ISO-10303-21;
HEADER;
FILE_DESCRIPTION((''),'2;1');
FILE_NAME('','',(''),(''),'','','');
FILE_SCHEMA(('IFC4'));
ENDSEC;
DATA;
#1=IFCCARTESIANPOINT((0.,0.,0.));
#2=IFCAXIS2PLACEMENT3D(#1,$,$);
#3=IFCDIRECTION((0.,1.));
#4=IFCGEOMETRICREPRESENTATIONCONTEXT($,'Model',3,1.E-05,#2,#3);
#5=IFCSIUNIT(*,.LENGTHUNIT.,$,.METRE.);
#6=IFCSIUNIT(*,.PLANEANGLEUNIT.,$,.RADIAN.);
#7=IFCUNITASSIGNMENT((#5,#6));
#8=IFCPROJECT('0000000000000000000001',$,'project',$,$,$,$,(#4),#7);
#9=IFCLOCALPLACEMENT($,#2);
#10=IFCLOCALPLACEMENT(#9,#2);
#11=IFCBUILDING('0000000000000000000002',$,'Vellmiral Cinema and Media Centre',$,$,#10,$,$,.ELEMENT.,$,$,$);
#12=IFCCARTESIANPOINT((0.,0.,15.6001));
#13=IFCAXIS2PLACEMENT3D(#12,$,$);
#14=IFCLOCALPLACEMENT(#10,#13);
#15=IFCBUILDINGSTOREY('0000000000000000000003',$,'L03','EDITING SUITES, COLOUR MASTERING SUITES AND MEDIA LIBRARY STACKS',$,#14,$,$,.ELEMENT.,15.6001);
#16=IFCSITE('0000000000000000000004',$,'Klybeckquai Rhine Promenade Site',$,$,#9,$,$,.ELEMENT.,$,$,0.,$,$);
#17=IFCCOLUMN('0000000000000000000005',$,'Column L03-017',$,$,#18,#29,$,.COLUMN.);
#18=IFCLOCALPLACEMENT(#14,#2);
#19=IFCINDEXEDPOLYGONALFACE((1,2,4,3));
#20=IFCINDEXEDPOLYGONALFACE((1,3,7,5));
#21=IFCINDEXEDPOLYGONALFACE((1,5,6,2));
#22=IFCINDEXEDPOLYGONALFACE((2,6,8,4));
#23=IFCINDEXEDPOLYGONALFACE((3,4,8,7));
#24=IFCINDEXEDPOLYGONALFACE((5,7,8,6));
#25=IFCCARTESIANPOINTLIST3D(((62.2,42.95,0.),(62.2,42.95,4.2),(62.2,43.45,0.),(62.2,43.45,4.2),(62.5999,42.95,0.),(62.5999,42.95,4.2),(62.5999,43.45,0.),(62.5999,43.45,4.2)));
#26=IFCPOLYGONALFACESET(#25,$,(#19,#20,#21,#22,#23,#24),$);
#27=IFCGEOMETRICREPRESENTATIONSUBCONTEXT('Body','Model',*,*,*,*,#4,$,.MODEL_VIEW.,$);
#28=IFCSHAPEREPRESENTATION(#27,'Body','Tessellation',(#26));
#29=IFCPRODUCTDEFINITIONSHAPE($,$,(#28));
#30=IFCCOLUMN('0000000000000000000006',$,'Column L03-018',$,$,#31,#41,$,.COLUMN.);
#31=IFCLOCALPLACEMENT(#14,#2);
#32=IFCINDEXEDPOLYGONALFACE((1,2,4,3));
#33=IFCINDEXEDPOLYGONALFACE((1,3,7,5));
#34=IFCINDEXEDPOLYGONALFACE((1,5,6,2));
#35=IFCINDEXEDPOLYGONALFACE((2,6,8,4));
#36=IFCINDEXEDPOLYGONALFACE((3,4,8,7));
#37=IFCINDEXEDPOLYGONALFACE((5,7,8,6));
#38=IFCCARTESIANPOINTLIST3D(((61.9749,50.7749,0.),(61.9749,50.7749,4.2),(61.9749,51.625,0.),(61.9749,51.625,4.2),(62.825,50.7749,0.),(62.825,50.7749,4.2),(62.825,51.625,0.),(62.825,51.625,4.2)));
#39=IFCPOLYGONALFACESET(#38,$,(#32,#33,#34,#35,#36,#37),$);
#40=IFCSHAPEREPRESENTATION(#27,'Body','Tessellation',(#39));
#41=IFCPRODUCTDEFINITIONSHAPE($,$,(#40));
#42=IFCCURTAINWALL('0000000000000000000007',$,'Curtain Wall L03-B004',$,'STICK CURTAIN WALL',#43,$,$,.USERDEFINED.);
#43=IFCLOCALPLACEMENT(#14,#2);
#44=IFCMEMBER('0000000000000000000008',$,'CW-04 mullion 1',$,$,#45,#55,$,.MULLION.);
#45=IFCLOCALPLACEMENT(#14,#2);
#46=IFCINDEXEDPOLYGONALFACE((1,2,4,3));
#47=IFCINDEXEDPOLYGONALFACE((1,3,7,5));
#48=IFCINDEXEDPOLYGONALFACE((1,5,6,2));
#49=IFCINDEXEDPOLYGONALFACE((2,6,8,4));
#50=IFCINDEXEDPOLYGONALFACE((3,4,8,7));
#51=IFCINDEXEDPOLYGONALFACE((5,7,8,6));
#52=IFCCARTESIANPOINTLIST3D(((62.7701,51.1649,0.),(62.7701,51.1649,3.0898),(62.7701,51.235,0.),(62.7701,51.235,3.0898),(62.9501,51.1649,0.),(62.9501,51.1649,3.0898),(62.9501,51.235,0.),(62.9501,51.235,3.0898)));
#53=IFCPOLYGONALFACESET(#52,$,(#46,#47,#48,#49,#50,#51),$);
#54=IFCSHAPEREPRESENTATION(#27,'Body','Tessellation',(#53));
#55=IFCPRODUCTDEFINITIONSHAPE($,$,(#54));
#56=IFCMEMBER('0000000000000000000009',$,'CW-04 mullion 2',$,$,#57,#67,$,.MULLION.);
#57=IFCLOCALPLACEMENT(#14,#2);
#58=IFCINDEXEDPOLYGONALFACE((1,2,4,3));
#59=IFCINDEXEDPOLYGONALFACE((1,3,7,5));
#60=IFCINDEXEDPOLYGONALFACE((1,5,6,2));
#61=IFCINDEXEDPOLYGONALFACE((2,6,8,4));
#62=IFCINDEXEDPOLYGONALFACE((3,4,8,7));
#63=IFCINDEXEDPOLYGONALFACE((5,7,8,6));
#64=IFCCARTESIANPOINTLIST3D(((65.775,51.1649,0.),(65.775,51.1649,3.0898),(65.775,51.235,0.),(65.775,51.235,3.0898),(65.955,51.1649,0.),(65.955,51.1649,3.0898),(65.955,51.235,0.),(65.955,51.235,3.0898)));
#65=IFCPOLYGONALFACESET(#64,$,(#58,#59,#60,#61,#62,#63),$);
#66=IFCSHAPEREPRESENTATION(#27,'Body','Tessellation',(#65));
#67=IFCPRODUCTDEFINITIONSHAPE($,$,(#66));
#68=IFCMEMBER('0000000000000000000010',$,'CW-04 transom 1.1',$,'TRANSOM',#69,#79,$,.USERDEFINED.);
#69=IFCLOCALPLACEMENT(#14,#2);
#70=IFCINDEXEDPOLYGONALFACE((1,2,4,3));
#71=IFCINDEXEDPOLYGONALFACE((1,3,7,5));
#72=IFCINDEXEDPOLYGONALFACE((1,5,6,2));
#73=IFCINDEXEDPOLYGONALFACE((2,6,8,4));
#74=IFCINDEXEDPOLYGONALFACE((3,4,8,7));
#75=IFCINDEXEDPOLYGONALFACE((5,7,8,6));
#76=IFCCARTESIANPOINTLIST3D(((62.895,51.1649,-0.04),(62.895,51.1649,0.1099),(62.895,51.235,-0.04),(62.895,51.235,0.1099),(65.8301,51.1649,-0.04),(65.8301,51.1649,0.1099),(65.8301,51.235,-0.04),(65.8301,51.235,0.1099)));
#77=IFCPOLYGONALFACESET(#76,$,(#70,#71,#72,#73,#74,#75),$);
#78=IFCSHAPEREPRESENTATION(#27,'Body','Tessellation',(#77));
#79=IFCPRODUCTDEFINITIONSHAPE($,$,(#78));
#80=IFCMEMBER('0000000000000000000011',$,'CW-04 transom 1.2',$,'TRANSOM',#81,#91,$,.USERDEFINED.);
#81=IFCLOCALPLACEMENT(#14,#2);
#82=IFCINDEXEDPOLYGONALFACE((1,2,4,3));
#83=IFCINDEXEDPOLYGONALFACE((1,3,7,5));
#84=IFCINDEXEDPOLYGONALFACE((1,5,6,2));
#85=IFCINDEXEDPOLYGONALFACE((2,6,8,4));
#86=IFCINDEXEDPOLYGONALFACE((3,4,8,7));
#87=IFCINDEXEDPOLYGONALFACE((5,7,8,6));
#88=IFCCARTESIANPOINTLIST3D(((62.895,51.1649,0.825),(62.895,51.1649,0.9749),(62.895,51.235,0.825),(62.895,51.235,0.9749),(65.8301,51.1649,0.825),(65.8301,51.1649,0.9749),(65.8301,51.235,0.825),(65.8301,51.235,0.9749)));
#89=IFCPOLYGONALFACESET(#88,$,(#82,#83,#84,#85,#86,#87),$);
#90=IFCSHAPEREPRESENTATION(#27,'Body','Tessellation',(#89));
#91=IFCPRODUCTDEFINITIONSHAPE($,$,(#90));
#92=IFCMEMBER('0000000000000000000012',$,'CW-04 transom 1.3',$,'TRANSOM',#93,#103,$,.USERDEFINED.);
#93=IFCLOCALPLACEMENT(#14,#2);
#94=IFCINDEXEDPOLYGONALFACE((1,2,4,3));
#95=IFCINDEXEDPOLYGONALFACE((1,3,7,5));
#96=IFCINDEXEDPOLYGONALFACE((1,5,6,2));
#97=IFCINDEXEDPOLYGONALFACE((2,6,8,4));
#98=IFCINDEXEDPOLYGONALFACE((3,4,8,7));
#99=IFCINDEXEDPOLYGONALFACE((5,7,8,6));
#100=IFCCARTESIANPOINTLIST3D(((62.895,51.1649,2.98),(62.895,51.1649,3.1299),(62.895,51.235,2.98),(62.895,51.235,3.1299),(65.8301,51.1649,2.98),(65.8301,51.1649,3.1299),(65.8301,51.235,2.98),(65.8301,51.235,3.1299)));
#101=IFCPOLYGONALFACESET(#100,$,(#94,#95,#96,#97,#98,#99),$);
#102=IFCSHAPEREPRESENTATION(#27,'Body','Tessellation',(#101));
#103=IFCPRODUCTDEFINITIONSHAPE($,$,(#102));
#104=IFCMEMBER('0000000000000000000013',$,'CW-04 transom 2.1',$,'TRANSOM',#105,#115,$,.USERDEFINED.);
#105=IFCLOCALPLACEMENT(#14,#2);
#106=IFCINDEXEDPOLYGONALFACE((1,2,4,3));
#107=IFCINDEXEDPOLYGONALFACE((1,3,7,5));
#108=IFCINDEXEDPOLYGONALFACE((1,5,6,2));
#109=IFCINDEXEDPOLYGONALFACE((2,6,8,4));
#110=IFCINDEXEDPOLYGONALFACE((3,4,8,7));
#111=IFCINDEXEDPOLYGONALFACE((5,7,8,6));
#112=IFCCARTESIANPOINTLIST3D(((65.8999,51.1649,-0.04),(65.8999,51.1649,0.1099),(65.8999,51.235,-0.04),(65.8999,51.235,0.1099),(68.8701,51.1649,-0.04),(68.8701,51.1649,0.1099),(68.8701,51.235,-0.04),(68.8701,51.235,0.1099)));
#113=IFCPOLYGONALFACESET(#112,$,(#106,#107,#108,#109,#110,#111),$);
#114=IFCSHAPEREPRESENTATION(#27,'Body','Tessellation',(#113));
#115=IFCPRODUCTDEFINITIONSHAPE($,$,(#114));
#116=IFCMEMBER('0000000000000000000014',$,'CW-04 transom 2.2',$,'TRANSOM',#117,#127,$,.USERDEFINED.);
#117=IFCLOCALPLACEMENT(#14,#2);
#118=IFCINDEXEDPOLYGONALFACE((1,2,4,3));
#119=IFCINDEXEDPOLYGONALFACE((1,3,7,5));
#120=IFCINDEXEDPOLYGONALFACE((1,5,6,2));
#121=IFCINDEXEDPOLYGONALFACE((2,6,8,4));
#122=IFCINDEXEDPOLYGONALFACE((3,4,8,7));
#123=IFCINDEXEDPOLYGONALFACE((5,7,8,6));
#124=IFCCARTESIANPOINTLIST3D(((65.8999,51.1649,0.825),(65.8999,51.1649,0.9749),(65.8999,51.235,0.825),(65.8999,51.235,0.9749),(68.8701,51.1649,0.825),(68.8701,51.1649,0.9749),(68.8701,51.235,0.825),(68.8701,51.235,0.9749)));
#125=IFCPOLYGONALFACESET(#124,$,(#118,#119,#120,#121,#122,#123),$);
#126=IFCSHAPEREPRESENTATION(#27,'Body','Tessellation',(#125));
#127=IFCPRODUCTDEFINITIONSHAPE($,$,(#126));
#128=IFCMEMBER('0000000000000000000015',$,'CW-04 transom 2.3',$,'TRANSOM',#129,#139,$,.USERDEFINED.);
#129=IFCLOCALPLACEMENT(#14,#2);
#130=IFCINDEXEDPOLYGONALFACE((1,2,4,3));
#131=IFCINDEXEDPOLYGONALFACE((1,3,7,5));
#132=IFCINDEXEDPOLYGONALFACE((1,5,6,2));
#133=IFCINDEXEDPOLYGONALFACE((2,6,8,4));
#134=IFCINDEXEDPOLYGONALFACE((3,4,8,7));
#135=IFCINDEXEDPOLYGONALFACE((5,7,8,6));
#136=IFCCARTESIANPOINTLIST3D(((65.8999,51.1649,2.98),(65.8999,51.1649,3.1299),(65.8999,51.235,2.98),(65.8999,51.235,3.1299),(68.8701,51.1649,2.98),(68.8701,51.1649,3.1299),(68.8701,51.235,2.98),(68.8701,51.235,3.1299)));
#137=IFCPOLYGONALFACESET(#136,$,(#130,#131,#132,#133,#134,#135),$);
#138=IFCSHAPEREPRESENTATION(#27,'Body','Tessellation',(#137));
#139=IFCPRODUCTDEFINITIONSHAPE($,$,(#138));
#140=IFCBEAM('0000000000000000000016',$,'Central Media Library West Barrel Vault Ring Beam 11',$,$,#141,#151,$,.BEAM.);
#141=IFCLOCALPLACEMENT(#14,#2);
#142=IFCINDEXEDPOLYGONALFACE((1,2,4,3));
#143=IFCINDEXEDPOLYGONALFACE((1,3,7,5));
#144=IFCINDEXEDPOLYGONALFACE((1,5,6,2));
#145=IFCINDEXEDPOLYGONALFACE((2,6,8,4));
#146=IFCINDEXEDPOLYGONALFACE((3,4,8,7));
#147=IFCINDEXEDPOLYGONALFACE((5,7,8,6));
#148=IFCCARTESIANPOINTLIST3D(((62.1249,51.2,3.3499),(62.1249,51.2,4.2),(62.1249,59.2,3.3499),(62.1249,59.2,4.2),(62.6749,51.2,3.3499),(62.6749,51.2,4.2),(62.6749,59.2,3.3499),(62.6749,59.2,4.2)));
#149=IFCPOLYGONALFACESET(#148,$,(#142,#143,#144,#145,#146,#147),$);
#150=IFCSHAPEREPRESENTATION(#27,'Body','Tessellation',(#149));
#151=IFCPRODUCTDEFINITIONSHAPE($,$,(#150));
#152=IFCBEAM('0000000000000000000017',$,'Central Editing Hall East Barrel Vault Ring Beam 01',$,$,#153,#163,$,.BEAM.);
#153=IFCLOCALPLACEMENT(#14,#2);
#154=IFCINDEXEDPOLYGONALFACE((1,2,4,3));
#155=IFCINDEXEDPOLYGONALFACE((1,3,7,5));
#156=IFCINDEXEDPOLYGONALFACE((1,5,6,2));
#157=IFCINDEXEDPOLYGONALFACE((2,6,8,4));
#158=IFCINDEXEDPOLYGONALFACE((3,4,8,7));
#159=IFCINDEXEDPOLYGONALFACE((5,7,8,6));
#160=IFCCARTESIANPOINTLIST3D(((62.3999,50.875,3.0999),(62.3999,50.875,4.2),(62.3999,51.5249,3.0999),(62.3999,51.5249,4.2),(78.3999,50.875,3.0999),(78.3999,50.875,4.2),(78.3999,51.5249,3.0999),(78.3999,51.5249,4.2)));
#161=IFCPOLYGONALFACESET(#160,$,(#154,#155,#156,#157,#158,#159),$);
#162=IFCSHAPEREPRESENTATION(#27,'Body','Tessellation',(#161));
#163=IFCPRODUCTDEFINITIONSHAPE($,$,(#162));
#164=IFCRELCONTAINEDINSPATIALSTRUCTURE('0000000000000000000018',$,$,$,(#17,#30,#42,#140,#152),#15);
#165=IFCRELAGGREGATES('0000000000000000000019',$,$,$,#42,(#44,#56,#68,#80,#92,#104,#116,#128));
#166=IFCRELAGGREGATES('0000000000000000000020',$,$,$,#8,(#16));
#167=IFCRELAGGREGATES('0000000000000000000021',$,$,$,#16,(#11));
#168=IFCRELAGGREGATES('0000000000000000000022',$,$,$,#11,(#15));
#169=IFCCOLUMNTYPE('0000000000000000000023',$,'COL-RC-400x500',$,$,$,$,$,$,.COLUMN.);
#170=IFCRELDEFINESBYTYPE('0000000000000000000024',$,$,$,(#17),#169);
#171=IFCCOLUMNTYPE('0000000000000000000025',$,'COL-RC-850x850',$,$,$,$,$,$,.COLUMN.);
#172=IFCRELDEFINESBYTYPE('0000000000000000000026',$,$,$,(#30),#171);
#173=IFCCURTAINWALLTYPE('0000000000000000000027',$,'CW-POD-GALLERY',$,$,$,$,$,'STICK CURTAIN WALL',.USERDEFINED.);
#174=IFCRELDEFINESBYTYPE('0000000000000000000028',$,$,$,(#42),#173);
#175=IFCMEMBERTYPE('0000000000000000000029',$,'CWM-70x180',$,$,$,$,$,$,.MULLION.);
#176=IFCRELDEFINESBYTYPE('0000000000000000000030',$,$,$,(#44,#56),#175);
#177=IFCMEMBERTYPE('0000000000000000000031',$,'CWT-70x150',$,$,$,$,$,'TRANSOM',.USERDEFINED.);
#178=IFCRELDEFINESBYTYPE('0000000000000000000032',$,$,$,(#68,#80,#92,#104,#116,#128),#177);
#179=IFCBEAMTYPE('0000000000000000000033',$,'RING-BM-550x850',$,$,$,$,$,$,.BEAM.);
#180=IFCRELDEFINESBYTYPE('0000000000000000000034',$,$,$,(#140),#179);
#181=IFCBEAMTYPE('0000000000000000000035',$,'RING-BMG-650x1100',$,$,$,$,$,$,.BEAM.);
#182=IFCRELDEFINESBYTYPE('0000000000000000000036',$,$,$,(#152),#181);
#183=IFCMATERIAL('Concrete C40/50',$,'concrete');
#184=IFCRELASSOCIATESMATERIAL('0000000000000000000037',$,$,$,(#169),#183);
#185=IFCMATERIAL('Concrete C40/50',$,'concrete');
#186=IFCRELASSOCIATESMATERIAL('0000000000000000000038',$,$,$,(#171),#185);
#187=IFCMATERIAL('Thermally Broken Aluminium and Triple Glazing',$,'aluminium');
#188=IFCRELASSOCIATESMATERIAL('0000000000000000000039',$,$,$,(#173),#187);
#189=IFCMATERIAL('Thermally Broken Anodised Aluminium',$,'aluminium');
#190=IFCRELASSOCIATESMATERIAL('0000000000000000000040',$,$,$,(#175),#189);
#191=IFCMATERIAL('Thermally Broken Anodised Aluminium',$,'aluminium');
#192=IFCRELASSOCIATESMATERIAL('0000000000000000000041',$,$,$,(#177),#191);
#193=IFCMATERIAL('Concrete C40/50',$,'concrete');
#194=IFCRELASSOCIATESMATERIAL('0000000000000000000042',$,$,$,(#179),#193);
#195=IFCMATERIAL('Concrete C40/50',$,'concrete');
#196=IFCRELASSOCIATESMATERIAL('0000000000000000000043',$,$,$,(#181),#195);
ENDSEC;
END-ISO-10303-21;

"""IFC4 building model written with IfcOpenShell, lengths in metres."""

from ifc_helpers import new_model, si_unit, direction, frame, origin, origin_2d, place, context, subcontext, project, spatial, rectangle, extrude, material, material_profile, profile_set, type_object, element, aggregate, save


model = new_model("IFC4")

# Units and contexts
model_context = context("Model", 3, precision=1e-05, world=origin(), true_north=direction((0.0, 1.0)))
body_context = subcontext(model_context, "Body", "Model", "MODEL_VIEW")
ifc_project = project(units=[si_unit("LENGTHUNIT", "METRE"), si_unit("PLANEANGLEUNIT", "RADIAN")], contexts=[model_context])

# Site, building, storey
site_placement = place(None, origin())
site = spatial("IfcSite", under=ifc_project, at=site_placement, Name="Klybeckquai Rhine Promenade Site", CompositionType="ELEMENT", RefElevation=0.0)
building_placement = place(site_placement, origin())
building = spatial("IfcBuilding", under=site, at=building_placement, Name="Vellmiral Cinema and Media Centre", CompositionType="ELEMENT")
storey_placement = place(building_placement, frame((0.0, 0.0, 15.6001)))
storey = spatial("IfcBuildingStorey", under=building, at=storey_placement, Name="L03", Description="EDITING SUITES, COLOUR MASTERING SUITES AND MEDIA LIBRARY STACKS", CompositionType="ELEMENT", Elevation=15.6001)

# Columns
ifc_material_1 = material(Name="Concrete C40/50", Category="concrete")
ifc_material_profile_1 = material_profile(ifc_material_1, rectangle(XDim=0.3999, YDim=0.5, at=origin_2d()), Name="RC 400x500")
ifc_profile_set_1 = profile_set([ifc_material_profile_1], Name="Concrete C40/50")
column_type_1 = type_object("IfcColumnType", Name="COL-RC-400x500", PredefinedType="COLUMN", material=ifc_profile_set_1)
column_1_placement = place(storey_placement, frame((62.3999, 43.2, 0.0), z_axis=(0.0, 0.0, 1.0), x_axis=(1.0, 0.0, 0.0)))
element("IfcColumn", 1, at=column_1_placement, inside=storey, type_object=column_type_1, Name="Column L03-017", PredefinedType="COLUMN", context=body_context, shape_type="SweptSolid", body=[
    extrude(rectangle(XDim=0.3999, YDim=0.5, at=origin_2d()), origin(), (0.0, 0.0, 1.0), 4.2),
])
ifc_material_2 = material(Name="Concrete C40/50", Category="concrete")
ifc_material_profile_2 = material_profile(ifc_material_2, rectangle(XDim=0.8501, YDim=0.8501, at=origin_2d()), Name="RC 850x850")
ifc_profile_set_2 = profile_set([ifc_material_profile_2], Name="Concrete C40/50")
column_type_2 = type_object("IfcColumnType", Name="COL-RC-850x850", PredefinedType="COLUMN", material=ifc_profile_set_2)
column_2_placement = place(storey_placement, frame((62.3999, 51.2, 0.0), z_axis=(0.0, 0.0, 1.0), x_axis=(1.0, 0.0, 0.0)))
element("IfcColumn", 2, at=column_2_placement, inside=storey, type_object=column_type_2, Name="Column L03-018", PredefinedType="COLUMN", context=body_context, shape_type="SweptSolid", body=[
    extrude(rectangle(XDim=0.8501, YDim=0.8501, at=origin_2d()), origin(), (0.0, 0.0, 1.0), 4.2),
])

# Curtain wall, members
ifc_material_3 = material(Name="Thermally Broken Aluminium and Triple Glazing", Category="aluminium")
curtain_wall_type = type_object("IfcCurtainWallType", Name="CW-POD-GALLERY", ElementType="STICK CURTAIN WALL", PredefinedType="USERDEFINED", material=ifc_material_3)
curtain_wall_placement = place(storey_placement, origin())
curtain_wall = element("IfcCurtainWall", 3, at=curtain_wall_placement, inside=storey, type_object=curtain_wall_type, Name="Curtain Wall L03-B004", ObjectType="STICK CURTAIN WALL", PredefinedType="USERDEFINED")
ifc_material_4 = material(Name="Thermally Broken Anodised Aluminium", Category="aluminium")
ifc_material_profile_3 = material_profile(ifc_material_4, rectangle(XDim=0.0701, YDim=0.1799, at=origin_2d()), Name="MULL 70x180")
ifc_profile_set_3 = profile_set([ifc_material_profile_3], Name="Thermally Broken Anodised Aluminium")
member_type_1 = type_object("IfcMemberType", Name="CWM-70x180", PredefinedType="MULLION", material=ifc_profile_set_3)
member_1_placement = place(storey_placement, frame((62.8601, 51.2, 0.0), z_axis=(0.0, 0.0, 1.0), x_axis=(0.0, 1.0, 0.0)))
member_1 = element("IfcMember", 4, at=member_1_placement, type_object=member_type_1, Name="CW-04 mullion 1", PredefinedType="MULLION", context=body_context, shape_type="SweptSolid", body=[
    extrude(rectangle(XDim=0.0701, YDim=0.1799, at=origin_2d()), origin(), (0.0, 0.0, 1.0), 3.0898),
])
member_2_placement = place(storey_placement, frame((65.865, 51.2, 0.0), z_axis=(0.0, 0.0, 1.0), x_axis=(0.0, 1.0, 0.0)))
member_2 = element("IfcMember", 5, at=member_2_placement, type_object=member_type_1, Name="CW-04 mullion 2", PredefinedType="MULLION", context=body_context, shape_type="SweptSolid", body=[
    extrude(rectangle(XDim=0.0701, YDim=0.1799, at=origin_2d()), origin(), (0.0, 0.0, 1.0), 3.0898),
])
ifc_material_5 = material(Name="Thermally Broken Anodised Aluminium", Category="aluminium")
ifc_material_profile_4 = material_profile(ifc_material_5, rectangle(XDim=0.0701, YDim=0.1499, at=origin_2d()), Name="MULL 70x150")
ifc_profile_set_4 = profile_set([ifc_material_profile_4], Name="Thermally Broken Anodised Aluminium")
member_type_2 = type_object("IfcMemberType", Name="CWT-70x150", ElementType="TRANSOM", PredefinedType="USERDEFINED", material=ifc_profile_set_4)
member_3_placement = place(storey_placement, frame((62.895, 51.2, 0.0349), z_axis=(1.0, 0.0, 0.0), x_axis=(0.0, 1.0, 0.0)))
member_3 = element("IfcMember", 6, at=member_3_placement, type_object=member_type_2, Name="CW-04 transom 1.1", ObjectType="TRANSOM", PredefinedType="USERDEFINED", context=body_context, shape_type="SweptSolid", body=[
    extrude(rectangle(XDim=0.0701, YDim=0.1499, at=origin_2d()), origin(), (0.0, 0.0, 1.0), 2.9351),
])
member_4_placement = place(storey_placement, frame((62.895, 51.2, 0.8999), z_axis=(1.0, 0.0, 0.0), x_axis=(0.0, 1.0, 0.0)))
member_4 = element("IfcMember", 7, at=member_4_placement, type_object=member_type_2, Name="CW-04 transom 1.2", ObjectType="TRANSOM", PredefinedType="USERDEFINED", context=body_context, shape_type="SweptSolid", body=[
    extrude(rectangle(XDim=0.0701, YDim=0.1499, at=origin_2d()), origin(), (0.0, 0.0, 1.0), 2.9351),
])
member_5_placement = place(storey_placement, frame((62.895, 51.2, 3.0549), z_axis=(1.0, 0.0, 0.0), x_axis=(0.0, 1.0, 0.0)))
member_5 = element("IfcMember", 8, at=member_5_placement, type_object=member_type_2, Name="CW-04 transom 1.3", ObjectType="TRANSOM", PredefinedType="USERDEFINED", context=body_context, shape_type="SweptSolid", body=[
    extrude(rectangle(XDim=0.0701, YDim=0.1499, at=origin_2d()), origin(), (0.0, 0.0, 1.0), 2.9351),
])
member_6_placement = place(storey_placement, frame((65.8999, 51.2, 0.0349), z_axis=(1.0, 0.0, 0.0), x_axis=(0.0, 1.0, 0.0)))
member_6 = element("IfcMember", 9, at=member_6_placement, type_object=member_type_2, Name="CW-04 transom 2.1", ObjectType="TRANSOM", PredefinedType="USERDEFINED", context=body_context, shape_type="SweptSolid", body=[
    extrude(rectangle(XDim=0.0701, YDim=0.1499, at=origin_2d()), origin(), (0.0, 0.0, 1.0), 2.9702),
])
member_7_placement = place(storey_placement, frame((65.8999, 51.2, 0.8999), z_axis=(1.0, 0.0, 0.0), x_axis=(0.0, 1.0, 0.0)))
member_7 = element("IfcMember", 10, at=member_7_placement, type_object=member_type_2, Name="CW-04 transom 2.2", ObjectType="TRANSOM", PredefinedType="USERDEFINED", context=body_context, shape_type="SweptSolid", body=[
    extrude(rectangle(XDim=0.0701, YDim=0.1499, at=origin_2d()), origin(), (0.0, 0.0, 1.0), 2.9702),
])
member_8_placement = place(storey_placement, frame((65.8999, 51.2, 3.0549), z_axis=(1.0, 0.0, 0.0), x_axis=(0.0, 1.0, 0.0)))
member_8 = element("IfcMember", 11, at=member_8_placement, type_object=member_type_2, Name="CW-04 transom 2.3", ObjectType="TRANSOM", PredefinedType="USERDEFINED", context=body_context, shape_type="SweptSolid", body=[
    extrude(rectangle(XDim=0.0701, YDim=0.1499, at=origin_2d()), origin(), (0.0, 0.0, 1.0), 2.9702),
])

# Beams
ifc_material_6 = material(Name="Concrete C40/50", Category="concrete")
ifc_material_profile_5 = material_profile(ifc_material_6, rectangle(XDim=0.55, YDim=0.8501, at=origin_2d()), Name="RC 550x850")
ifc_profile_set_5 = profile_set([ifc_material_profile_5], Name="Concrete C40/50")
beam_type_1 = type_object("IfcBeamType", Name="RING-BM-550x850", PredefinedType="BEAM", material=ifc_profile_set_5)
beam_1_placement = place(storey_placement, frame((62.3999, 51.2, 3.7749), z_axis=(0.0, 1.0, 0.0), x_axis=(-1.0, 0.0, 0.0)))
element("IfcBeam", 12, at=beam_1_placement, inside=storey, type_object=beam_type_1, Name="Central Media Library West Barrel Vault Ring Beam 11", PredefinedType="BEAM", context=body_context, shape_type="SweptSolid", body=[
    extrude(rectangle(XDim=0.55, YDim=0.8501, at=origin_2d()), origin(), (0.0, 0.0, 1.0), 8.0),
])
ifc_material_7 = material(Name="Concrete C40/50", Category="concrete")
ifc_material_profile_6 = material_profile(ifc_material_7, rectangle(XDim=0.6499, YDim=1.1001, at=origin_2d()), Name="RC 650x1100")
ifc_profile_set_6 = profile_set([ifc_material_profile_6], Name="Concrete C40/50")
beam_type_2 = type_object("IfcBeamType", Name="RING-BMG-650x1100", PredefinedType="BEAM", material=ifc_profile_set_6)
beam_2_placement = place(storey_placement, frame((62.3999, 51.2, 3.6499), z_axis=(1.0, 0.0, 0.0), x_axis=(0.0, 1.0, 0.0)))
element("IfcBeam", 13, at=beam_2_placement, inside=storey, type_object=beam_type_2, Name="Central Editing Hall East Barrel Vault Ring Beam 01", PredefinedType="BEAM", context=body_context, shape_type="SweptSolid", body=[
    extrude(rectangle(XDim=0.6499, YDim=1.1001, at=origin_2d()), origin(), (0.0, 0.0, 1.0), 16.0),
])

aggregate(curtain_wall, [member_1, member_2, member_3, member_4, member_5, member_6, member_7, member_8])

save(model, "model.ifc")
